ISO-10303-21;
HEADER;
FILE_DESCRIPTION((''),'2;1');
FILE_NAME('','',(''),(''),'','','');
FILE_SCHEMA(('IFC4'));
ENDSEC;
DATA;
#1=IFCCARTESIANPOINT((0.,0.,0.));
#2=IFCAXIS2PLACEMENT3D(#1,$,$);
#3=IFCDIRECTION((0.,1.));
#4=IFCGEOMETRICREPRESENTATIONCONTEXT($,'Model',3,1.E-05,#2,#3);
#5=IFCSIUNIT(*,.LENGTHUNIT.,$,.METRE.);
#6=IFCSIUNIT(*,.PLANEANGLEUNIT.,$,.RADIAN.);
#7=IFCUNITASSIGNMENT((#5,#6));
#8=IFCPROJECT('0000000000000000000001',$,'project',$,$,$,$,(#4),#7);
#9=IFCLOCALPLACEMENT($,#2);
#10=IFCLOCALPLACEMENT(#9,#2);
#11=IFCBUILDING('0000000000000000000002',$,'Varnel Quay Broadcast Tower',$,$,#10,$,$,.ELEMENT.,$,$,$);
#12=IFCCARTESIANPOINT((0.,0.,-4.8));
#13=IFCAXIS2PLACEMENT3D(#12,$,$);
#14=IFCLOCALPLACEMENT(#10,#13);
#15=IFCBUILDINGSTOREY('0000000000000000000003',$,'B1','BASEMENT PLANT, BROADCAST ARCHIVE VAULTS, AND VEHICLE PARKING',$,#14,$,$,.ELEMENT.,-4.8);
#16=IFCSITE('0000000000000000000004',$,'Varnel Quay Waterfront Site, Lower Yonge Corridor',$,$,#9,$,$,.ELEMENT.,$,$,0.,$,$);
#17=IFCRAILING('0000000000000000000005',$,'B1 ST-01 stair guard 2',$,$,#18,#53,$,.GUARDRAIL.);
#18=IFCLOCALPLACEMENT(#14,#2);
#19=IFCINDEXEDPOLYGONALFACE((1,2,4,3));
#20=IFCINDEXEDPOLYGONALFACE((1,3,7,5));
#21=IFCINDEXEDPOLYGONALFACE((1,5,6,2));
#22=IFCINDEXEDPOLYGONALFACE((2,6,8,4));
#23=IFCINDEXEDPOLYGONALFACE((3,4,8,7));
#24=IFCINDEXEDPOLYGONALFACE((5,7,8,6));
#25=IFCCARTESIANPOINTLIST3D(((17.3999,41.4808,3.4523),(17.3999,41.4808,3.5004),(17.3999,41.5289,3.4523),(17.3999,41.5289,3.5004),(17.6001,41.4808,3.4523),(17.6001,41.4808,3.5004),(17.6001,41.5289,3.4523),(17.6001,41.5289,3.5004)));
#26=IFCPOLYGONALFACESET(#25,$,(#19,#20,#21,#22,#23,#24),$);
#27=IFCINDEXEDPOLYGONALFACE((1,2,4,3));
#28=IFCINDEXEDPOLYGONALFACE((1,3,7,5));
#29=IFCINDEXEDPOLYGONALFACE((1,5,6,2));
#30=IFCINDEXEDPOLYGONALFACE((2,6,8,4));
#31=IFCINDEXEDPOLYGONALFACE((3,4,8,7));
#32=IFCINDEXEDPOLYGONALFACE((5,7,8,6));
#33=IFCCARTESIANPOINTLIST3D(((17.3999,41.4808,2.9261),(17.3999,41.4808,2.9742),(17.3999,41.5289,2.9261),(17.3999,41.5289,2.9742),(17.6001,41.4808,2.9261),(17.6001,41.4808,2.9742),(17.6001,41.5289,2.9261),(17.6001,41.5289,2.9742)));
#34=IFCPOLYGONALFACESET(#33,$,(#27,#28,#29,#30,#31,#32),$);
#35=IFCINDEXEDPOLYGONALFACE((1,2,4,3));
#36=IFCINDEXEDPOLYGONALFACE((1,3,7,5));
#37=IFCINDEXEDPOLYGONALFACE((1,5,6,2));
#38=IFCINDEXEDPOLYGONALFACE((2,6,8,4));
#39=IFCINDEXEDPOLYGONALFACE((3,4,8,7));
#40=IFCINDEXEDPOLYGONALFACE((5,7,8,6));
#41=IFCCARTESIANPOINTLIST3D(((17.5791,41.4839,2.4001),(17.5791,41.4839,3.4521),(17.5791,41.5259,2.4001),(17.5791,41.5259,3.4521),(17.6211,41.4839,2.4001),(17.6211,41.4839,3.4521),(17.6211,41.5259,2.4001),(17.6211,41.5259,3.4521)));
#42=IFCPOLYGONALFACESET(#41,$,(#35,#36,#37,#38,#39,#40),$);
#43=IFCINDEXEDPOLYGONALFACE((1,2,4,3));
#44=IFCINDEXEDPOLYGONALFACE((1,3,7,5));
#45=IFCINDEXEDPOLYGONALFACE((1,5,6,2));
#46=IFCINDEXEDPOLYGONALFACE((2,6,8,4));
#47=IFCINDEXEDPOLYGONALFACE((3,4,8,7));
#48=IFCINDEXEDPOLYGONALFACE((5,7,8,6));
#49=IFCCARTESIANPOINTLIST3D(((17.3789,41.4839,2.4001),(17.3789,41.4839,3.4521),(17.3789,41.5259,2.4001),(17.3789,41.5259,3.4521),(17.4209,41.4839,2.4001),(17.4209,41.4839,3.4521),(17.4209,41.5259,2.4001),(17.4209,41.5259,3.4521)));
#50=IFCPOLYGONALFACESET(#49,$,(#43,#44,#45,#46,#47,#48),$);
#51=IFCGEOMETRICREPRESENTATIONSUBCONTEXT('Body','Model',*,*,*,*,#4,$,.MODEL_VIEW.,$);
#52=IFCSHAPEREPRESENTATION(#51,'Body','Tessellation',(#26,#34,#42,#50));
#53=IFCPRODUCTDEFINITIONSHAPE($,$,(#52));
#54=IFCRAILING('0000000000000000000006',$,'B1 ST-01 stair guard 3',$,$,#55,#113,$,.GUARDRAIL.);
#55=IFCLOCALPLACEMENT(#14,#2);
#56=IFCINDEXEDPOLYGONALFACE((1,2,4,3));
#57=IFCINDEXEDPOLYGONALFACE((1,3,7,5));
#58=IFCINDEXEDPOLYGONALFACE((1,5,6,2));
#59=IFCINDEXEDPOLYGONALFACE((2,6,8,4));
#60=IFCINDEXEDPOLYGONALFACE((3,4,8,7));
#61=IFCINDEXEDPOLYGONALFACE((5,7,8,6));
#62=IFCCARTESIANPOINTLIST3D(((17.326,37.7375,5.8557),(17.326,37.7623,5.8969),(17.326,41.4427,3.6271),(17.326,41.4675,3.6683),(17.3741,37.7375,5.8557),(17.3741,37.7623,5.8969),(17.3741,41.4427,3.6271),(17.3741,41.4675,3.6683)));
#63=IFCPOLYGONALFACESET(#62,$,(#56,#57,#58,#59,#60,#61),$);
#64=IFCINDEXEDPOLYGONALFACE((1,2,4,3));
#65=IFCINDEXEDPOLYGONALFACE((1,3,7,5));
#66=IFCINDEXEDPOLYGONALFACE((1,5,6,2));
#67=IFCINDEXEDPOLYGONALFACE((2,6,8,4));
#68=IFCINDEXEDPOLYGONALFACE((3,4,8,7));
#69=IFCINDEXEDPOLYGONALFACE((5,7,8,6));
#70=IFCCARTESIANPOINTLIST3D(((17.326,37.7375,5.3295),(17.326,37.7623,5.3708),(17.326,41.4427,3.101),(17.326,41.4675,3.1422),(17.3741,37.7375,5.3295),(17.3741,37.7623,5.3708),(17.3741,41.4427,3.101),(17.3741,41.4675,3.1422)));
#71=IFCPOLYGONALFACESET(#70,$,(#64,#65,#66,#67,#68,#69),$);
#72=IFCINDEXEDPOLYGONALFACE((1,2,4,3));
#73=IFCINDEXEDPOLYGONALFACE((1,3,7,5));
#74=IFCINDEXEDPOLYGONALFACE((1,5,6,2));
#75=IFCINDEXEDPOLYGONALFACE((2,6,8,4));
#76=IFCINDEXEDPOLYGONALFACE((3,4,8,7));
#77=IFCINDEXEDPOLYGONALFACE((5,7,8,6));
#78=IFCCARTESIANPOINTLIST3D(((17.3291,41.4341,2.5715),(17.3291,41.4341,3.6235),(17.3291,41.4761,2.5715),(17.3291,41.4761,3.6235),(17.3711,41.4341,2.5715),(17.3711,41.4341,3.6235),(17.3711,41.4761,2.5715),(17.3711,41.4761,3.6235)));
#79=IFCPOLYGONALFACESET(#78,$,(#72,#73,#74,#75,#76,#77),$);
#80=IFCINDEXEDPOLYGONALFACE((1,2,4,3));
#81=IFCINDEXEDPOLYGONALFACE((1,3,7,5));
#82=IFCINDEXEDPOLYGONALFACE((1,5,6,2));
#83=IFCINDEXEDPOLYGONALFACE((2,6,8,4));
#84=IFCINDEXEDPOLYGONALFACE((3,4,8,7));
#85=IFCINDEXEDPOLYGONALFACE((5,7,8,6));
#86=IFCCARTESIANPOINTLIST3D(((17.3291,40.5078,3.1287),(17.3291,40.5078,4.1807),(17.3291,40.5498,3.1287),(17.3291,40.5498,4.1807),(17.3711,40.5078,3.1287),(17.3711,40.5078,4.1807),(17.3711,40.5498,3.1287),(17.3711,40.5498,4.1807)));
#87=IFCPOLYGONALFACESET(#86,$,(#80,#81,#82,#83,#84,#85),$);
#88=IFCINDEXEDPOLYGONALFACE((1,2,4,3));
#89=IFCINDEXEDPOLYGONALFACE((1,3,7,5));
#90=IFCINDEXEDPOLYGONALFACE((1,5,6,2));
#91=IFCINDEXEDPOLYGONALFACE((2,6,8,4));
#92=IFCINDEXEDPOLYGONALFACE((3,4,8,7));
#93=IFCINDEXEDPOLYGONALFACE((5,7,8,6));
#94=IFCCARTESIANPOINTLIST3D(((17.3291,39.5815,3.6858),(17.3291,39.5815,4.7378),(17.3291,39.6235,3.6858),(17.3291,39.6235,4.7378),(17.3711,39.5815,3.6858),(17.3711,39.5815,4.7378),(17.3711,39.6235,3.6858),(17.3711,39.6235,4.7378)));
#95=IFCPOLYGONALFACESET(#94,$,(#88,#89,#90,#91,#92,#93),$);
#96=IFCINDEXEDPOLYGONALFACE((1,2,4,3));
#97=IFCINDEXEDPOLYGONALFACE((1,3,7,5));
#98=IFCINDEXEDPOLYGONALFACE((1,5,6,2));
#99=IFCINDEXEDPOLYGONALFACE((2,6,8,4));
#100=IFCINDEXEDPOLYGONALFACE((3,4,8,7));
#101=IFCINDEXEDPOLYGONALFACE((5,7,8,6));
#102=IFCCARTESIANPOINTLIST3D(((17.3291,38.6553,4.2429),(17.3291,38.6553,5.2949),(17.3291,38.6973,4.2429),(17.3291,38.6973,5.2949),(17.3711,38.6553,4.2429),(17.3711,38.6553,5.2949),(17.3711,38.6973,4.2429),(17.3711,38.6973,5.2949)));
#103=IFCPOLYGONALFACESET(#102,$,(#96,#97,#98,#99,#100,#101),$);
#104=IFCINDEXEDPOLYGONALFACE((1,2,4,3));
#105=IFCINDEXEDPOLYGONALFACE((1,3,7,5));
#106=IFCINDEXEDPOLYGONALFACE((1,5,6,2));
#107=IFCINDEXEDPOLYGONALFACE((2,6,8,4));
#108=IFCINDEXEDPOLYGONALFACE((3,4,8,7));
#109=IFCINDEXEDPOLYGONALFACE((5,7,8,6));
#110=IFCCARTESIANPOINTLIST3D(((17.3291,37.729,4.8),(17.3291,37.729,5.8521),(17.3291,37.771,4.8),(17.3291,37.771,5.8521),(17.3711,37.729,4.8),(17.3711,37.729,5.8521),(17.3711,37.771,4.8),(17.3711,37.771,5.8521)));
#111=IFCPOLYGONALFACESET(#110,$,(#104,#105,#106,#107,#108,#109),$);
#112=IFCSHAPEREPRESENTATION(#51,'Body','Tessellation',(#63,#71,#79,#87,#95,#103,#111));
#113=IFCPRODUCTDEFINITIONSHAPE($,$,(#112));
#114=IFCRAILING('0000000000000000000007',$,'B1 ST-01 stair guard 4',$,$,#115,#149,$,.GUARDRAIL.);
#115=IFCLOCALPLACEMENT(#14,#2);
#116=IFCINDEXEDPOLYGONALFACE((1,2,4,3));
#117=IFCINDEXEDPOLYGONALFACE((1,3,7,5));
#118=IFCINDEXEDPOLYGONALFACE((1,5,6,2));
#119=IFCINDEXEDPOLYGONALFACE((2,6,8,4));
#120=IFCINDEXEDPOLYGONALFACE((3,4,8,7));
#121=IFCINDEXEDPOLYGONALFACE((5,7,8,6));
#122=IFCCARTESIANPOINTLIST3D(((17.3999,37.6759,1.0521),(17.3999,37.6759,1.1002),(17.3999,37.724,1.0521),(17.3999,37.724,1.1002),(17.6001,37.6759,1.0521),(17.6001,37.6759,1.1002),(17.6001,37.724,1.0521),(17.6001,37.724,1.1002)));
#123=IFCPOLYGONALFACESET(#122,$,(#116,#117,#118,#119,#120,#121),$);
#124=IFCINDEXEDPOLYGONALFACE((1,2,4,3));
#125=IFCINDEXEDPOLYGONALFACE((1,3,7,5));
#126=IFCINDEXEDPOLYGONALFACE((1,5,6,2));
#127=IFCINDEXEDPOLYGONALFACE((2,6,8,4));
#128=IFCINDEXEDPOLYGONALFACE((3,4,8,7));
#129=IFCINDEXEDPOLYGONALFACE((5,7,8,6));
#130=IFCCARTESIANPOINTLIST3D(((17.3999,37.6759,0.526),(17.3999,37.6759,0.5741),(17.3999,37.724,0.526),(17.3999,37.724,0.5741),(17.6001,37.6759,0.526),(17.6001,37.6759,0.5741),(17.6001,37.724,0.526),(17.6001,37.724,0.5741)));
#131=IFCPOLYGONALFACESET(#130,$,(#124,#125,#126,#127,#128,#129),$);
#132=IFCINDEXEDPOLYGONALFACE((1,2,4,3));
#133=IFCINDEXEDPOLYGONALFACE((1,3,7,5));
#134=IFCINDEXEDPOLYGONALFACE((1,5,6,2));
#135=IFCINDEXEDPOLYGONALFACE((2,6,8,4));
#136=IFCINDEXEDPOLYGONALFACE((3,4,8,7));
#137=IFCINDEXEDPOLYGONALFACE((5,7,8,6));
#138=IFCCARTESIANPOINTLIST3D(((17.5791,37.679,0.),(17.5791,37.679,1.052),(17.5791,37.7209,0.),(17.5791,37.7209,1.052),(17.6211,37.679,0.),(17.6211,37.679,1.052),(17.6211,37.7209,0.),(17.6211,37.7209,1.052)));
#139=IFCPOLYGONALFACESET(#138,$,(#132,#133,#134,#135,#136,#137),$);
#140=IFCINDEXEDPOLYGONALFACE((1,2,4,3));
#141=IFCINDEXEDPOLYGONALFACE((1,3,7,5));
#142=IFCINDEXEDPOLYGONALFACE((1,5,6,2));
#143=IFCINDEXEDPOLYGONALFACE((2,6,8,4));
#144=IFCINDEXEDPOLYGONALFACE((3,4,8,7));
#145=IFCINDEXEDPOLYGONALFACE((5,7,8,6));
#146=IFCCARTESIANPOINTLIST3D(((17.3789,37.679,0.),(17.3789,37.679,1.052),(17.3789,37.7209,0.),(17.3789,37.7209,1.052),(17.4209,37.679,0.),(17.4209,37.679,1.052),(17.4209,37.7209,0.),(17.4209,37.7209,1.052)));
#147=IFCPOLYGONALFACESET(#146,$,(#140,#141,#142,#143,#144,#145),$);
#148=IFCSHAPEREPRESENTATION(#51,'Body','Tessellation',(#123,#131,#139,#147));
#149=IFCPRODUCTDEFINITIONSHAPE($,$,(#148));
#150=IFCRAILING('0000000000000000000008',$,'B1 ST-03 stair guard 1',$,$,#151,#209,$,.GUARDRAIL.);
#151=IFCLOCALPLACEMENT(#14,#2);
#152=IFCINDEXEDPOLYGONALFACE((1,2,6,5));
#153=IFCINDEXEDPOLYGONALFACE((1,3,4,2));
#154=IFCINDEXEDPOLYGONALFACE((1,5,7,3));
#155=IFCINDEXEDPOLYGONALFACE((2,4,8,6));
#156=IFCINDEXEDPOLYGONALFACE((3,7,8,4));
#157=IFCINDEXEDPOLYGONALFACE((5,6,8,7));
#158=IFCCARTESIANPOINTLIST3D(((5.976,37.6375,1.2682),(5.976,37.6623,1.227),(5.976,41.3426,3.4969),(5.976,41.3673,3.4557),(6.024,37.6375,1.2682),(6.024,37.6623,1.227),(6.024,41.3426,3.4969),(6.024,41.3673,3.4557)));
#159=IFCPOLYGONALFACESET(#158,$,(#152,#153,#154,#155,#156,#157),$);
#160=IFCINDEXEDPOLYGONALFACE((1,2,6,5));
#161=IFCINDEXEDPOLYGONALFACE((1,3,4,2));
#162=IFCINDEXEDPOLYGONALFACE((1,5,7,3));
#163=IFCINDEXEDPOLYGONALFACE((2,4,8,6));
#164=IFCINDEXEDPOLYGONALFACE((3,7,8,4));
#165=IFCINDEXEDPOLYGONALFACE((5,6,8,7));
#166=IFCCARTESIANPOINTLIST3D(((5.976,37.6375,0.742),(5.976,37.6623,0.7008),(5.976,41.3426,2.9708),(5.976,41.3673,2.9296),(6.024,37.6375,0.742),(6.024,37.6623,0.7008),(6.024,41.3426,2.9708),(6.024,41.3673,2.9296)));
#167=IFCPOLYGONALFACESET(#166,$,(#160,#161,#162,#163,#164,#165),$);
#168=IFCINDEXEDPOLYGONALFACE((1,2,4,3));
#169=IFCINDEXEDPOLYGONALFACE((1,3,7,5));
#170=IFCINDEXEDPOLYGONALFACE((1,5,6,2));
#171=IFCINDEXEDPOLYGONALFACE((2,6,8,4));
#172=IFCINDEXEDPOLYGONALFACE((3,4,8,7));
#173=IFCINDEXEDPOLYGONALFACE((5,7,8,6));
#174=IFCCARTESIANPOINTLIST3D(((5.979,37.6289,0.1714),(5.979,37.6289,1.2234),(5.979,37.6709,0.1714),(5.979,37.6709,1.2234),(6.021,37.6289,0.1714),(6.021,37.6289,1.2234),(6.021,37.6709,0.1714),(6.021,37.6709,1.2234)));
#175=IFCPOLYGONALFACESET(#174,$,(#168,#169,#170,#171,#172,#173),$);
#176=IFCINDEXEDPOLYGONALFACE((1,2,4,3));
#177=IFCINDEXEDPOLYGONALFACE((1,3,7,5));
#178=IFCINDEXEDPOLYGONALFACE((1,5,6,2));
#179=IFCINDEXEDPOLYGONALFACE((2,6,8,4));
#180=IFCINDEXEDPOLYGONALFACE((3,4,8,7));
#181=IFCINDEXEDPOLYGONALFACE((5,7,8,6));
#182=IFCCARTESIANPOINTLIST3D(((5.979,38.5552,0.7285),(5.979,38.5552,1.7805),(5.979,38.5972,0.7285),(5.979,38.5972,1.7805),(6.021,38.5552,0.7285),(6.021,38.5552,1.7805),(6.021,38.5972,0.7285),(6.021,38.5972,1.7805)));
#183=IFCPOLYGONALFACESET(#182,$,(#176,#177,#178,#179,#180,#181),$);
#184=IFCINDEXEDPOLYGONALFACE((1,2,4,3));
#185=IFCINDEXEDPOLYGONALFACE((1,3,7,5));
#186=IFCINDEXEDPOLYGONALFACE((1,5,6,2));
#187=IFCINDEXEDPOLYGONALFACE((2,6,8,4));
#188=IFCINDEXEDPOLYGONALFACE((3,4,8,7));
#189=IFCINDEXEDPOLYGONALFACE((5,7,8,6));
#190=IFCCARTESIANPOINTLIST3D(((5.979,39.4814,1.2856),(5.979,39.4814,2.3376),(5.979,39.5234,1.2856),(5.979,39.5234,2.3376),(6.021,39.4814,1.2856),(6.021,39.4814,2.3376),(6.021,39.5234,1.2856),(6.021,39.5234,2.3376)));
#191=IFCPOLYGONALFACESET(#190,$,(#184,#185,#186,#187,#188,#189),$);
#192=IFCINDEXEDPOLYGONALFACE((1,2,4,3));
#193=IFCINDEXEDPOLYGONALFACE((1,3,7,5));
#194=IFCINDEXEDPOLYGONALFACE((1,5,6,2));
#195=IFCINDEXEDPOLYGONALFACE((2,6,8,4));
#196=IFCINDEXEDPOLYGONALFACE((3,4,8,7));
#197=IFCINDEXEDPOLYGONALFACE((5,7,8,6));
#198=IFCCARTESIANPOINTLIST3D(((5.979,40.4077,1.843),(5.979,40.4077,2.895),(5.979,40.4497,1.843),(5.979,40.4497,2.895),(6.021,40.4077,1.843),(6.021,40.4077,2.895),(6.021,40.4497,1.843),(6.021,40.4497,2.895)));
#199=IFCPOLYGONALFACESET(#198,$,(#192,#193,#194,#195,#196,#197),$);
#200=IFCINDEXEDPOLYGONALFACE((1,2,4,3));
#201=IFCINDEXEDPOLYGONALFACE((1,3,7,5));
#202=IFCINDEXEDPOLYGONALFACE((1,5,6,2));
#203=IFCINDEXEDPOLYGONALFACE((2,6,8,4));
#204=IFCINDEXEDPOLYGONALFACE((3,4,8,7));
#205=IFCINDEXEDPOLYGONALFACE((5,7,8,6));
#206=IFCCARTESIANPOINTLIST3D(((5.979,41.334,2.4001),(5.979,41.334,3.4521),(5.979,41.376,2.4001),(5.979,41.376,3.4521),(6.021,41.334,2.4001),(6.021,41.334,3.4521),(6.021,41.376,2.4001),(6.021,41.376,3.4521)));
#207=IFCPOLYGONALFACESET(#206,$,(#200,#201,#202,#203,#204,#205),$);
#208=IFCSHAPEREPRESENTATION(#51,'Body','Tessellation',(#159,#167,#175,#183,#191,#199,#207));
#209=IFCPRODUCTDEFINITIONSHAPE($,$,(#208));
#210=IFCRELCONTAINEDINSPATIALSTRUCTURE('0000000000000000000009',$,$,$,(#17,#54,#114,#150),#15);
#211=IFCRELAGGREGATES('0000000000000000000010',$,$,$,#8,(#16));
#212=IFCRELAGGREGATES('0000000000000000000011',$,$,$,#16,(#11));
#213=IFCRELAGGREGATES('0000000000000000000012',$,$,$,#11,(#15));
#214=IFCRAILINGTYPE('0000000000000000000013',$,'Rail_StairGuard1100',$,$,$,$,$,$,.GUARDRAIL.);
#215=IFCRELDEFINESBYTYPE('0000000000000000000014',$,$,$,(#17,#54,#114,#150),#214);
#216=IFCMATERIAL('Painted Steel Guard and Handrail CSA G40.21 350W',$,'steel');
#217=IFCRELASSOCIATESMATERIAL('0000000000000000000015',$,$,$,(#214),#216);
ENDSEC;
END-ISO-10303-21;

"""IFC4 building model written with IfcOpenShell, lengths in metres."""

from ifc_helpers import new_model, si_unit, direction, frame, origin, origin_2d, place, context, subcontext, project, spatial, rectangle, extrude, material, type_object, element, save


model = new_model("IFC4")

# Units and contexts
model_context = context("Model", 3, precision=1e-05, world=origin(), true_north=direction((0.0, 1.0)))
body_context = subcontext(model_context, "Body", "Model", "MODEL_VIEW")
ifc_project = project(units=[si_unit("LENGTHUNIT", "METRE"), si_unit("PLANEANGLEUNIT", "RADIAN")], contexts=[model_context])

# Site, building, storey
site_placement = place(None, origin())
site = spatial("IfcSite", under=ifc_project, at=site_placement, Name="Varnel Quay Waterfront Site, Lower Yonge Corridor", CompositionType="ELEMENT", RefElevation=0.0)
building_placement = place(site_placement, origin())
building = spatial("IfcBuilding", under=site, at=building_placement, Name="Varnel Quay Broadcast Tower", CompositionType="ELEMENT")
storey_placement = place(building_placement, frame((0.0, 0.0, -4.8)))
storey = spatial("IfcBuildingStorey", under=building, at=storey_placement, Name="B1", Description="BASEMENT PLANT, BROADCAST ARCHIVE VAULTS, AND VEHICLE PARKING", CompositionType="ELEMENT", Elevation=-4.8)

# Railings
ifc_material_1 = material(Name="Painted Steel Guard and Handrail CSA G40.21 350W", Category="steel")
railing_type_1 = type_object("IfcRailingType", Name="Rail_StairGuard1100", PredefinedType="GUARDRAIL", material=ifc_material_1)
railing_1_placement = place(storey_placement, frame((17.6001, 41.5049, 2.4001)))
element("IfcRailing", 1, at=railing_1_placement, inside=storey, type_object=railing_type_1, Name="B1 ST-01 stair guard 2", PredefinedType="GUARDRAIL", context=body_context, shape_type="SweptSolid", body=[
    extrude(rectangle(XDim=0.0481, YDim=0.0481, at=origin_2d()), frame((0.0, 0.0, 1.0762), z_axis=(-1.0, 0.0, 0.0), x_axis=(0.0, -1.0, 0.0)), (0.0, 0.0, 1.0), 0.2002),
    extrude(rectangle(XDim=0.0481, YDim=0.0481, at=origin_2d()), frame((0.0, 0.0, 0.55), z_axis=(-1.0, 0.0, 0.0), x_axis=(0.0, -1.0, 0.0)), (0.0, 0.0, 1.0), 0.2002),
    extrude(rectangle(XDim=0.042, YDim=0.042, at=origin_2d()), origin(), (0.0, 0.0, 1.0), 1.052),
    extrude(rectangle(XDim=0.042, YDim=0.042, at=origin_2d()), frame((-0.2002, 0.0, 0.0)), (0.0, 0.0, 1.0), 1.052),
])
railing_2_placement = place(storey_placement, frame((17.3501, 41.4551, 2.5715)))
element("IfcRailing", 2, at=railing_2_placement, inside=storey, type_object=railing_type_1, Name="B1 ST-01 stair guard 3", PredefinedType="GUARDRAIL", context=body_context, shape_type="SweptSolid", body=[
    extrude(rectangle(XDim=0.0481, YDim=0.0481, at=origin_2d()), frame((0.0, 0.0, 1.0762), z_axis=(0.0, -0.856934, 0.515425), x_axis=(1.0, 0.0, 0.0)), (0.0, 0.0, 1.0), 4.3237),
    extrude(rectangle(XDim=0.0481, YDim=0.0481, at=origin_2d()), frame((0.0, 0.0, 0.55), z_axis=(0.0, -0.856934, 0.515425), x_axis=(1.0, 0.0, 0.0)), (0.0, 0.0, 1.0), 4.3237),
    extrude(rectangle(XDim=0.042, YDim=0.042, at=origin_2d()), origin(), (0.0, 0.0, 1.0), 1.052),
    extrude(rectangle(XDim=0.042, YDim=0.042, at=origin_2d()), frame((0.0, -0.9263, 0.5571)), (0.0, 0.0, 1.0), 1.052),
    extrude(rectangle(XDim=0.042, YDim=0.042, at=origin_2d()), frame((0.0, -1.8525, 1.1143)), (0.0, 0.0, 1.0), 1.052),
    extrude(rectangle(XDim=0.042, YDim=0.042, at=origin_2d()), frame((0.0, -2.7788, 1.6714)), (0.0, 0.0, 1.0), 1.052),
    extrude(rectangle(XDim=0.042, YDim=0.042, at=origin_2d()), frame((0.0, -3.7051, 2.2285)), (0.0, 0.0, 1.0), 1.052),
])
railing_3_placement = place(storey_placement, frame((17.6001, 37.7, 0.0)))
element("IfcRailing", 3, at=railing_3_placement, inside=storey, type_object=railing_type_1, Name="B1 ST-01 stair guard 4", PredefinedType="GUARDRAIL", context=body_context, shape_type="SweptSolid", body=[
    extrude(rectangle(XDim=0.0481, YDim=0.0481, at=origin_2d()), frame((0.0, 0.0, 1.0762), z_axis=(-1.0, 0.0, 0.0), x_axis=(0.0, -1.0, 0.0)), (0.0, 0.0, 1.0), 0.2002),
    extrude(rectangle(XDim=0.0481, YDim=0.0481, at=origin_2d()), frame((0.0, 0.0, 0.55), z_axis=(-1.0, 0.0, 0.0), x_axis=(0.0, -1.0, 0.0)), (0.0, 0.0, 1.0), 0.2002),
    extrude(rectangle(XDim=0.042, YDim=0.042, at=origin_2d()), origin(), (0.0, 0.0, 1.0), 1.052),
    extrude(rectangle(XDim=0.042, YDim=0.042, at=origin_2d()), frame((-0.2002, 0.0, 0.0)), (0.0, 0.0, 1.0), 1.052),
])
railing_4_placement = place(storey_placement, frame((6.0, 37.6499, 0.1714)))
element("IfcRailing", 4, at=railing_4_placement, inside=storey, type_object=railing_type_1, Name="B1 ST-03 stair guard 1", PredefinedType="GUARDRAIL", context=body_context, shape_type="SweptSolid", body=[
    extrude(rectangle(XDim=0.0481, YDim=0.0481, at=origin_2d()), frame((0.0, 0.0, 1.0762), z_axis=(0.0, 0.856909, 0.515467), x_axis=(-1.0, 0.0, 0.0)), (0.0, 0.0, 1.0), 4.3237),
    extrude(rectangle(XDim=0.0481, YDim=0.0481, at=origin_2d()), frame((0.0, 0.0, 0.55), z_axis=(0.0, 0.856909, 0.515467), x_axis=(-1.0, 0.0, 0.0)), (0.0, 0.0, 1.0), 4.3237),
    extrude(rectangle(XDim=0.042, YDim=0.042, at=origin_2d()), origin(), (0.0, 0.0, 1.0), 1.052),
    extrude(rectangle(XDim=0.042, YDim=0.042, at=origin_2d()), frame((0.0, 0.9263, 0.5571)), (0.0, 0.0, 1.0), 1.052),
    extrude(rectangle(XDim=0.042, YDim=0.042, at=origin_2d()), frame((0.0, 1.8525, 1.1143)), (0.0, 0.0, 1.0), 1.052),
    extrude(rectangle(XDim=0.042, YDim=0.042, at=origin_2d()), frame((0.0, 2.7788, 1.6716)), (0.0, 0.0, 1.0), 1.052),
    extrude(rectangle(XDim=0.042, YDim=0.042, at=origin_2d()), frame((0.0, 3.7051, 2.2288)), (0.0, 0.0, 1.0), 1.052),
])

save(model, "model.ifc")
